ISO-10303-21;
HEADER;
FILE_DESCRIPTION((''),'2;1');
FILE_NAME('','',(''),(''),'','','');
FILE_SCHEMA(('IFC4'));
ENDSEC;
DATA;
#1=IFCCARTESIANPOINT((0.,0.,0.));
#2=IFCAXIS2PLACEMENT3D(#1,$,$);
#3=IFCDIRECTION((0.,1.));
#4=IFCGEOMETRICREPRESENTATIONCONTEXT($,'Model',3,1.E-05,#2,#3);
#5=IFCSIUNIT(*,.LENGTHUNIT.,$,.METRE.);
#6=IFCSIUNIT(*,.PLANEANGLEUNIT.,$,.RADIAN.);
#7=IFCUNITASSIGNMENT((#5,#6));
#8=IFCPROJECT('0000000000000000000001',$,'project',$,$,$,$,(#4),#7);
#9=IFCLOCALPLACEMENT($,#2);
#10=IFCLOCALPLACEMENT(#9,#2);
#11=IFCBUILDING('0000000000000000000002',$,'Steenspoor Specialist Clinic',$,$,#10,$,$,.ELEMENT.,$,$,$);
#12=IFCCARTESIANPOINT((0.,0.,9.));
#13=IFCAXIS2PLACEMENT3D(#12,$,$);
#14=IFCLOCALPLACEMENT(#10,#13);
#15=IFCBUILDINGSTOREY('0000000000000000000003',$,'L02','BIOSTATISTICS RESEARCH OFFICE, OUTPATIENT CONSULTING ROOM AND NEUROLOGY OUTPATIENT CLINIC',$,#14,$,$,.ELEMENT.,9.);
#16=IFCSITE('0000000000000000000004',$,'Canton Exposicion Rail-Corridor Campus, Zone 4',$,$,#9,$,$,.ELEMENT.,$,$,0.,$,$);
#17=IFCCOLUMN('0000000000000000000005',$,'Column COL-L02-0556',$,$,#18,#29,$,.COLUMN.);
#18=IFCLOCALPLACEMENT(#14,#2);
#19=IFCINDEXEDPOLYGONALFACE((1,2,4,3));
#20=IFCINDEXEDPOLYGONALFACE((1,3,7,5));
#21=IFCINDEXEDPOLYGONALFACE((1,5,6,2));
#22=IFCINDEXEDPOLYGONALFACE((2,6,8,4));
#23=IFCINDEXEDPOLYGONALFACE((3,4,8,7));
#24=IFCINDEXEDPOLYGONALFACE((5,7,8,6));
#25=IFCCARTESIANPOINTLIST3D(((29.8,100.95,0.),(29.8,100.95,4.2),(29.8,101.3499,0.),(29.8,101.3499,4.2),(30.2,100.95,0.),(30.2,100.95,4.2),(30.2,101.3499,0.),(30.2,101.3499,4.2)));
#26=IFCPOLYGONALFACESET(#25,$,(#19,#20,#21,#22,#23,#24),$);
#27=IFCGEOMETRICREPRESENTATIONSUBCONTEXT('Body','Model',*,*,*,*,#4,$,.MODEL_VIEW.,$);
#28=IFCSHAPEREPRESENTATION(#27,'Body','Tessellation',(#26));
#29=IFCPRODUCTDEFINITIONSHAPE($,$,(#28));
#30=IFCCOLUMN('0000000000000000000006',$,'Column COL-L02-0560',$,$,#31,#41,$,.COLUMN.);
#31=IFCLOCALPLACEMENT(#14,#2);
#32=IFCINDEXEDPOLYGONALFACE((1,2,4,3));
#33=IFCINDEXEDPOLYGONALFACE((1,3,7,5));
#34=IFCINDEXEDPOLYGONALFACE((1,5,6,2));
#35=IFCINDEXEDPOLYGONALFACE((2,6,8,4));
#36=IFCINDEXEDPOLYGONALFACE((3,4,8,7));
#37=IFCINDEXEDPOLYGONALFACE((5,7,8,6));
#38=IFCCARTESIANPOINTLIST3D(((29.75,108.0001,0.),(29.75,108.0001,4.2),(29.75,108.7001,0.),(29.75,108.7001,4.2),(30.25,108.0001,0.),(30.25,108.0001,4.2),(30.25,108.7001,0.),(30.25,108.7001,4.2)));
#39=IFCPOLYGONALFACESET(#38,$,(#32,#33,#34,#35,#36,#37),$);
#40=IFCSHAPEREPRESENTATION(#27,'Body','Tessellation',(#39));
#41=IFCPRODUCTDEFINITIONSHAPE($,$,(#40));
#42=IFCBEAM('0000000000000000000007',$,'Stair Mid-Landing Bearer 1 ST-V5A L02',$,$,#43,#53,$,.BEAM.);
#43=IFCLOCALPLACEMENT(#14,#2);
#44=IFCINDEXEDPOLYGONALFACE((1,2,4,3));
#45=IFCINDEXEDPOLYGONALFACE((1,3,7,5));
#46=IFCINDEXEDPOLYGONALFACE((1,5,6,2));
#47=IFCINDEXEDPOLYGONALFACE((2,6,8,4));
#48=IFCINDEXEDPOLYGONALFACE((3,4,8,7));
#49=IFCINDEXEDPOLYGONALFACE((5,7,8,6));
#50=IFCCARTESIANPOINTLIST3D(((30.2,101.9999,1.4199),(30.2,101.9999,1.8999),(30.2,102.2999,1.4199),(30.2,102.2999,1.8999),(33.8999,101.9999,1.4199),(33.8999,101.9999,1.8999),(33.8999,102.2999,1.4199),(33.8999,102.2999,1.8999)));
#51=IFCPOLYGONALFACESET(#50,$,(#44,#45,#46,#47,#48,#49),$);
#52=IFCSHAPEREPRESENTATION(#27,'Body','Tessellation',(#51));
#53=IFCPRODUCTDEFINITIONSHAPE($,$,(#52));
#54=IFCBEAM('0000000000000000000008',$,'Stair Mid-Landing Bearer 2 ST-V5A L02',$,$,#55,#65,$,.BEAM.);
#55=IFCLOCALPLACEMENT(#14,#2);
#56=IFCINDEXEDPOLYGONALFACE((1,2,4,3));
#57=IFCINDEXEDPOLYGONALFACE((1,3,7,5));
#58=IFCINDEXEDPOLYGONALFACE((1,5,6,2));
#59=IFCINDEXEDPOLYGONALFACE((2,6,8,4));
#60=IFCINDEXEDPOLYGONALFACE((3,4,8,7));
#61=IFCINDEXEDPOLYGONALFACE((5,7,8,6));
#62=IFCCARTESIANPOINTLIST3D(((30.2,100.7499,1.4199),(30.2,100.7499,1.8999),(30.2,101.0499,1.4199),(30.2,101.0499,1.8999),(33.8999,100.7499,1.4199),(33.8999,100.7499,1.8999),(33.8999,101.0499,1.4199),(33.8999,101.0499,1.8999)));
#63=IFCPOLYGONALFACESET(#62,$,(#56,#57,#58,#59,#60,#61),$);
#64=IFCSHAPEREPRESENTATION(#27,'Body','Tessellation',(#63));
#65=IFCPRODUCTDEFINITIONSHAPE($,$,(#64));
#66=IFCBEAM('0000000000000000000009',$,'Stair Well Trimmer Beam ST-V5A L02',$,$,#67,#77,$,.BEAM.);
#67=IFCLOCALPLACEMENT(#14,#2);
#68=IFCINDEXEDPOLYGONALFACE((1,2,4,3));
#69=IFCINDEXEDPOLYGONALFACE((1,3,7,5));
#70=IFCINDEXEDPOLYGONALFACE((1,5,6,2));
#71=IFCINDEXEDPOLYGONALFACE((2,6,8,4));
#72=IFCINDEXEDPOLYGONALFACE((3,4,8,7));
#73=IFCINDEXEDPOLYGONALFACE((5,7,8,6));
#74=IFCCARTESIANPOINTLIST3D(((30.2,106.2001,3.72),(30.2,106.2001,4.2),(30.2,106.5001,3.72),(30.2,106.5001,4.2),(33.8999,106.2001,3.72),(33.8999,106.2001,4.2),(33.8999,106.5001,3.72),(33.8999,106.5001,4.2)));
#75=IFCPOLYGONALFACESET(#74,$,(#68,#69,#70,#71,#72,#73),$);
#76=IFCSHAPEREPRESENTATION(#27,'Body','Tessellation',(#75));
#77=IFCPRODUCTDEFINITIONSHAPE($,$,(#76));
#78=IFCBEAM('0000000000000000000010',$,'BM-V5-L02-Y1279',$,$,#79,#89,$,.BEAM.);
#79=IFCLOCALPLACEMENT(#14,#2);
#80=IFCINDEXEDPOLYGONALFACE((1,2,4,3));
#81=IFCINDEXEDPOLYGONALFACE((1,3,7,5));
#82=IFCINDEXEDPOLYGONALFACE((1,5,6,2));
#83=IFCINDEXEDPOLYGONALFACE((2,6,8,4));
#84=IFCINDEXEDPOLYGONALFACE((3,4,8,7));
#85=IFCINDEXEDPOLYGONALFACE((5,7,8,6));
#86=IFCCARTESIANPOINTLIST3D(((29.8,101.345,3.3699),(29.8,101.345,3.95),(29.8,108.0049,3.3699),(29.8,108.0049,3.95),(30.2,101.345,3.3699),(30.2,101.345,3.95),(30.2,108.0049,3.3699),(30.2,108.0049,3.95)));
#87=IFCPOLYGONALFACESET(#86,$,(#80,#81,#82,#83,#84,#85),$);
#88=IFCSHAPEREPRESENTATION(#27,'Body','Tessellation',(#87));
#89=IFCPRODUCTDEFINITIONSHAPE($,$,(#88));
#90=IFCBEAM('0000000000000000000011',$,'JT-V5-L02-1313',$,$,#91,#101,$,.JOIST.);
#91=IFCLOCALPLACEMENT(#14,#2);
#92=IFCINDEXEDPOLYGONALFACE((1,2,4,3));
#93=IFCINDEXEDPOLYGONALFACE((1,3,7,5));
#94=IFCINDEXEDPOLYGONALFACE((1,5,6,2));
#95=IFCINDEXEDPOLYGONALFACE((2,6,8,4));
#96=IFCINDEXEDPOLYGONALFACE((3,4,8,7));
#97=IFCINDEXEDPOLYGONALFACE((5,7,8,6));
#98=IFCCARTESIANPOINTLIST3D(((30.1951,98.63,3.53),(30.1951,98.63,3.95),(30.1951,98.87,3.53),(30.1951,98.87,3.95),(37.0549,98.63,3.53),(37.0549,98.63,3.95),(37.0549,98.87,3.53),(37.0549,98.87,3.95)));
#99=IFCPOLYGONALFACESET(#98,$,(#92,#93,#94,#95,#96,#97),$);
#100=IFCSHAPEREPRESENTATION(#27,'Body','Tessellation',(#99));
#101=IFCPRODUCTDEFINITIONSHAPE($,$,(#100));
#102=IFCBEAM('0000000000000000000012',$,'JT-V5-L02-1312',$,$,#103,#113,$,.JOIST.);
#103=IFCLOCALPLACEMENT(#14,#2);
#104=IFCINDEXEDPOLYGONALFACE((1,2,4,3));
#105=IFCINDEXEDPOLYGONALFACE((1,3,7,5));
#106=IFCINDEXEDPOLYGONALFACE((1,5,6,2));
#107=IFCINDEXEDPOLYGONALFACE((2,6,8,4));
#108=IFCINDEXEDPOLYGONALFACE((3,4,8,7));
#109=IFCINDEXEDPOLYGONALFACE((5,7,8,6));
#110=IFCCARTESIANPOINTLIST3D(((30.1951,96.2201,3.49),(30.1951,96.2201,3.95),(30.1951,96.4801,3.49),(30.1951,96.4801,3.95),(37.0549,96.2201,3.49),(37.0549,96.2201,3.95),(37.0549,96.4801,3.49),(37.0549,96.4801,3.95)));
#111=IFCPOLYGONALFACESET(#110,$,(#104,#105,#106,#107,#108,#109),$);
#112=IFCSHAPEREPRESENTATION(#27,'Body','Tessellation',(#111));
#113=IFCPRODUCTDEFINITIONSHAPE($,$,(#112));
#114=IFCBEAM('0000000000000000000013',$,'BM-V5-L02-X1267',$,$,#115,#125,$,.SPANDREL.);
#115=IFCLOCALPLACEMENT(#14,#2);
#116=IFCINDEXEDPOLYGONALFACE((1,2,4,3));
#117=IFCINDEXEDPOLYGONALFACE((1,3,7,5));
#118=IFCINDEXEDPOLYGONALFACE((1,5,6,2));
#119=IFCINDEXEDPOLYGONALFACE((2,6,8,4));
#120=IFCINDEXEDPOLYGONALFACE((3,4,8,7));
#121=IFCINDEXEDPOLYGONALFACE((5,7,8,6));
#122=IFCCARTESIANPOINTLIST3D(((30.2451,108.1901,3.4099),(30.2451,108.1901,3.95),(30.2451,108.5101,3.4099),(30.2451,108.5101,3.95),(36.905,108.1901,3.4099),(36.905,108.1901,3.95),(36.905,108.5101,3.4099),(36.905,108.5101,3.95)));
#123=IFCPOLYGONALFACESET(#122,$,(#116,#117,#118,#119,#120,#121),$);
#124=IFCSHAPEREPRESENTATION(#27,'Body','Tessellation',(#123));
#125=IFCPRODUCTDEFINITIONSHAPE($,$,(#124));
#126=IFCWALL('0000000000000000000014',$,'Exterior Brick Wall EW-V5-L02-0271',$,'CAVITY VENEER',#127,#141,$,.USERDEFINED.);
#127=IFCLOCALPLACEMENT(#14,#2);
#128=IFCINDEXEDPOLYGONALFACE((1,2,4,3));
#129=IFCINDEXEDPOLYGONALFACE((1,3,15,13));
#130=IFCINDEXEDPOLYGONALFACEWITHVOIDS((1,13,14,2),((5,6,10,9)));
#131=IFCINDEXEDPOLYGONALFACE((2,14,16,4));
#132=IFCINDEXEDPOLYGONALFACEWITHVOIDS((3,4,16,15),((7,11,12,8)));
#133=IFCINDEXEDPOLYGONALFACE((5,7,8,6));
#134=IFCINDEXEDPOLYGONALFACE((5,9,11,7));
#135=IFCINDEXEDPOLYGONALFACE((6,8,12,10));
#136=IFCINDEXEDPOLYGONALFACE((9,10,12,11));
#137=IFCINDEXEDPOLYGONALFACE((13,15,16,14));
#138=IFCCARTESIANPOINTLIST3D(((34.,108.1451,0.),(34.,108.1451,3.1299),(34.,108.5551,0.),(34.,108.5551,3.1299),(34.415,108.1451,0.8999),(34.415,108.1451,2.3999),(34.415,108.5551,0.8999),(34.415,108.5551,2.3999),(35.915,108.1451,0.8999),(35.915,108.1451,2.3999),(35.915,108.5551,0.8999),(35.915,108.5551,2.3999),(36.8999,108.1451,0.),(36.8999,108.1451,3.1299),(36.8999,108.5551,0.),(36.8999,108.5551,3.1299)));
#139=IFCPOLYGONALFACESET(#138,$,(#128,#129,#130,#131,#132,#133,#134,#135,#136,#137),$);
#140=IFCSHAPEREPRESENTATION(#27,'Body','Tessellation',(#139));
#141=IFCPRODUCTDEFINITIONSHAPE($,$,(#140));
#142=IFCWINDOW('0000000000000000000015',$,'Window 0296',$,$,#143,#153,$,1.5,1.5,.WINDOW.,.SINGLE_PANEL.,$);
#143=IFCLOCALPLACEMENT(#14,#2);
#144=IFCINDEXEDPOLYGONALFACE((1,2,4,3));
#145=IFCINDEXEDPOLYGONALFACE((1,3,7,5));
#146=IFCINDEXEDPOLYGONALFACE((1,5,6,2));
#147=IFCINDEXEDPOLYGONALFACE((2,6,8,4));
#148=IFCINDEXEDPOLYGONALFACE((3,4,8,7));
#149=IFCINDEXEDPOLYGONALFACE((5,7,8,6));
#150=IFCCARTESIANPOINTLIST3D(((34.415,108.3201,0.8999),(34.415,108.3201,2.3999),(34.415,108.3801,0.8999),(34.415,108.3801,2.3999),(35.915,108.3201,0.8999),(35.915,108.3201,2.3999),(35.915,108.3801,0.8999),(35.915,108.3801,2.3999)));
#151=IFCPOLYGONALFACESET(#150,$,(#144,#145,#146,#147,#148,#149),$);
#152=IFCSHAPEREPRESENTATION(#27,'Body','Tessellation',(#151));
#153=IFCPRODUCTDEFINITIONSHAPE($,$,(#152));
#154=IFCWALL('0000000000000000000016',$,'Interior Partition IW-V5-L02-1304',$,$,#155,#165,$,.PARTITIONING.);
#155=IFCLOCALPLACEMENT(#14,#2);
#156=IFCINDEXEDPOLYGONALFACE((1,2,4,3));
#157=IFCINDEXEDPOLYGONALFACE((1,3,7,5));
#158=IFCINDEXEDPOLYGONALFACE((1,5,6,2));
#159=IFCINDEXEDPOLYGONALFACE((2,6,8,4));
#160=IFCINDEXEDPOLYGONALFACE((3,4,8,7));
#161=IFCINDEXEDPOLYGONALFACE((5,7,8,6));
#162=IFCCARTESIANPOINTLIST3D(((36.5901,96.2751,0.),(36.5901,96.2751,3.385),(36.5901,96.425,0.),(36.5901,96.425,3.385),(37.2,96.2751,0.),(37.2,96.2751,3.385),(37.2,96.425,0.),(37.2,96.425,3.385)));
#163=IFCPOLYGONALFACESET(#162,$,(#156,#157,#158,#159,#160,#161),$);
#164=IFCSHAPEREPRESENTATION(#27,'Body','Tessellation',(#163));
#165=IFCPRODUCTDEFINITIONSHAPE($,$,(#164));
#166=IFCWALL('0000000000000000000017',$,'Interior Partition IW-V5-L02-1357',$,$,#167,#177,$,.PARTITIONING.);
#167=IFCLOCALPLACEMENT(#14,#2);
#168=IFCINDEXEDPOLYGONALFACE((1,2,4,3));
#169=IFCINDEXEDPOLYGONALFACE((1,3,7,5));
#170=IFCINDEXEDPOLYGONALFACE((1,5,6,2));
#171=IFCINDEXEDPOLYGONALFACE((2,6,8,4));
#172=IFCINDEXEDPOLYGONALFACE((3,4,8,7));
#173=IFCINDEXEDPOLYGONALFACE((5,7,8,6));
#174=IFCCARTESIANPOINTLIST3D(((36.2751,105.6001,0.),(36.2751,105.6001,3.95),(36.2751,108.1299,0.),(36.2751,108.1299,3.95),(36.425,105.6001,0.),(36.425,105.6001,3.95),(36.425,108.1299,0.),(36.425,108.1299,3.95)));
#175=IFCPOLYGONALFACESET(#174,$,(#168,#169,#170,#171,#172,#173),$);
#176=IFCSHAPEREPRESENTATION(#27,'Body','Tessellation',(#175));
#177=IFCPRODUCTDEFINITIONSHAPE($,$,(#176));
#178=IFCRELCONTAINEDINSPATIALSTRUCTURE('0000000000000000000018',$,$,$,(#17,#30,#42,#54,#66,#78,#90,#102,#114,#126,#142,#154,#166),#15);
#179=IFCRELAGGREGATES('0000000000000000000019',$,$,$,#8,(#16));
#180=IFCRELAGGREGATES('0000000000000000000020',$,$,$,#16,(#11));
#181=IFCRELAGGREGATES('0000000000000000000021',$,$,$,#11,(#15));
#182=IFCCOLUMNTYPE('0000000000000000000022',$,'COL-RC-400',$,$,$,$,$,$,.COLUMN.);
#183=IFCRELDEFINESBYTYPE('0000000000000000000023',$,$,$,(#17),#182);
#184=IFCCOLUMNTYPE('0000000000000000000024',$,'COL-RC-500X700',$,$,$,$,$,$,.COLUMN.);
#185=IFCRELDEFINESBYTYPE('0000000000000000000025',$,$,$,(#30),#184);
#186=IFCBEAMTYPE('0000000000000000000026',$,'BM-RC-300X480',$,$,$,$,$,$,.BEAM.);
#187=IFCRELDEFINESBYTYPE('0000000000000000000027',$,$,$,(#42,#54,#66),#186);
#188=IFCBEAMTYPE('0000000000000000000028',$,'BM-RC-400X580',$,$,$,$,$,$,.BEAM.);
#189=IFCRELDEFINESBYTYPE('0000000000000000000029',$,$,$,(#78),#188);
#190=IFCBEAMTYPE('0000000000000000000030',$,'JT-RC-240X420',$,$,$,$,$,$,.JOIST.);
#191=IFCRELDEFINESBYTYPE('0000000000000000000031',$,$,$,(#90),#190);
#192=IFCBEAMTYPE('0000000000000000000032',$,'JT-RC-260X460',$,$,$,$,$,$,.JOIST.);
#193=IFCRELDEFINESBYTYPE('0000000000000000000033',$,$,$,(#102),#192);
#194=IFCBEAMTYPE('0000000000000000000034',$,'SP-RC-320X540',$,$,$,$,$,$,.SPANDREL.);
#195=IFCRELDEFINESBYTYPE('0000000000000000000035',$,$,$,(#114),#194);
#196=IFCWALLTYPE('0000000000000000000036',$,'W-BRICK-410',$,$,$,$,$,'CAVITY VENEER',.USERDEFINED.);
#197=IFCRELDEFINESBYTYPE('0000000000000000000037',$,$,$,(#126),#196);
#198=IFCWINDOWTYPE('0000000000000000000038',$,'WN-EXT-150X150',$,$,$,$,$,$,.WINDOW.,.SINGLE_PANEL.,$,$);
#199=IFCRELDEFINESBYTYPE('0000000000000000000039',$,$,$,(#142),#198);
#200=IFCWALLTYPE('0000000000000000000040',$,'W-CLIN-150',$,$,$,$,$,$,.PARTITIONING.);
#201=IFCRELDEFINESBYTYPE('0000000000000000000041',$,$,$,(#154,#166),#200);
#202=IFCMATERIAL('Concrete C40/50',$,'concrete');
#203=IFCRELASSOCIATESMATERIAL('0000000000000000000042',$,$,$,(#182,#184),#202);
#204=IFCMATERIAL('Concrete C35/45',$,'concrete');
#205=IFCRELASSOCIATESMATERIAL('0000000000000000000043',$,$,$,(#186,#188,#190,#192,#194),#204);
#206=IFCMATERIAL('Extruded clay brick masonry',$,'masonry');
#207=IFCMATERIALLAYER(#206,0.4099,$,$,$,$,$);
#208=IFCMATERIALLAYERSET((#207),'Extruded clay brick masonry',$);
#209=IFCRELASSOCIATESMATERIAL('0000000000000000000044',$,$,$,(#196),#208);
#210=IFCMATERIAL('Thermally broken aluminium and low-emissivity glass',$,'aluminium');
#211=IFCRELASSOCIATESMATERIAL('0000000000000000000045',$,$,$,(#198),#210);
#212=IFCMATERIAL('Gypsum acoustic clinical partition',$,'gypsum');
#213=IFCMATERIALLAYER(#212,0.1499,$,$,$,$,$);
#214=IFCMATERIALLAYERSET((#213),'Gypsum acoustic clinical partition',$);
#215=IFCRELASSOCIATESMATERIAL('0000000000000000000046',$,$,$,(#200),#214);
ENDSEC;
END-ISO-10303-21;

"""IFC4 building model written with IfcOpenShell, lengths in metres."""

from ifc_helpers import new_model, si_unit, direction, frame, frame_2d, origin, origin_2d, place, context, subcontext, project, spatial, rectangle, extrude, material, layer, layer_set, material_profile, profile_set, type_object, element, fill, save


model = new_model("IFC4")

# Units and contexts
model_context = context("Model", 3, precision=1e-05, world=origin(), true_north=direction((0.0, 1.0)))
body_context = subcontext(model_context, "Body", "Model", "MODEL_VIEW")
ifc_project = project(units=[si_unit("LENGTHUNIT", "METRE"), si_unit("PLANEANGLEUNIT", "RADIAN")], contexts=[model_context])

# Site, building, storey
site_placement = place(None, origin())
site = spatial("IfcSite", under=ifc_project, at=site_placement, Name="Canton Exposicion Rail-Corridor Campus, Zone 4", CompositionType="ELEMENT", RefElevation=0.0)
building_placement = place(site_placement, origin())
building = spatial("IfcBuilding", under=site, at=building_placement, Name="Steenspoor Specialist Clinic", CompositionType="ELEMENT")
storey_placement = place(building_placement, frame((0.0, 0.0, 9.0)))
storey = spatial("IfcBuildingStorey", under=building, at=storey_placement, Name="L02", Description="BIOSTATISTICS RESEARCH OFFICE, OUTPATIENT CONSULTING ROOM AND NEUROLOGY OUTPATIENT CLINIC", CompositionType="ELEMENT", Elevation=9.0)

# Columns
ifc_material_1 = material(Name="Concrete C40/50", Category="concrete")
ifc_material_profile_1 = material_profile(ifc_material_1, rectangle(XDim=0.3999, YDim=0.3999, at=origin_2d()), Name="RC-COL-400X400")
ifc_profile_set_1 = profile_set([ifc_material_profile_1], Name="Concrete C40/50")
column_type_1 = type_object("IfcColumnType", Name="COL-RC-400", PredefinedType="COLUMN", material=ifc_profile_set_1)
column_1_placement = place(storey_placement, frame((30.0, 101.1499, 0.0), z_axis=(0.0, 0.0, 1.0), x_axis=(1.0, 0.0, 0.0)))
element("IfcColumn", 1, at=column_1_placement, inside=storey, type_object=column_type_1, Name="Column COL-L02-0556", PredefinedType="COLUMN", context=body_context, shape_type="SweptSolid", body=[
    extrude(rectangle(XDim=0.3999, YDim=0.3999, at=origin_2d()), origin(), (0.0, 0.0, 1.0), 4.2),
])
ifc_material_profile_2 = material_profile(ifc_material_1, rectangle(XDim=0.5, YDim=0.7, at=origin_2d()), Name="RC-COL-500X700")
ifc_profile_set_2 = profile_set([ifc_material_profile_2], Name="Concrete C40/50")
column_type_2 = type_object("IfcColumnType", Name="COL-RC-500X700", PredefinedType="COLUMN", material=ifc_profile_set_2)
column_2_placement = place(storey_placement, frame((30.0, 108.3501, 0.0), z_axis=(0.0, 0.0, 1.0), x_axis=(1.0, 0.0, 0.0)))
element("IfcColumn", 2, at=column_2_placement, inside=storey, type_object=column_type_2, Name="Column COL-L02-0560", PredefinedType="COLUMN", context=body_context, shape_type="SweptSolid", body=[
    extrude(rectangle(XDim=0.5, YDim=0.7, at=origin_2d()), origin(), (0.0, 0.0, 1.0), 4.2),
])

# Beams
ifc_material_2 = material(Name="Concrete C35/45", Category="concrete")
ifc_material_profile_3 = material_profile(ifc_material_2, rectangle(XDim=0.3, YDim=0.48, at=origin_2d()), Name="RC-BM-300X480")
ifc_profile_set_3 = profile_set([ifc_material_profile_3], Name="Concrete C35/45")
beam_type_1 = type_object("IfcBeamType", Name="BM-RC-300X480", PredefinedType="BEAM", material=ifc_profile_set_3)
for number, where, z_axis, x_axis, name in (
    (3, (30.2, 102.1499, 1.6599), (1.0, 0.0, 0.0), (0.0, 1.0, 0.0), "Stair Mid-Landing Bearer 1 ST-V5A L02"),
    (4, (30.2, 100.8999, 1.6599), (1.0, 0.0, 0.0), (0.0, 1.0, 0.0), "Stair Mid-Landing Bearer 2 ST-V5A L02"),
    (5, (30.2, 106.3501, 3.96), (1.0, 0.0, 0.0), (0.0, 1.0, 0.0), "Stair Well Trimmer Beam ST-V5A L02"),
):
    element("IfcBeam", number, at=place(storey_placement, frame(where, z_axis=z_axis, x_axis=x_axis)), inside=storey, type_object=beam_type_1, Name=name, PredefinedType="BEAM", context=body_context, shape_type="SweptSolid", body=[
        extrude(rectangle(XDim=0.3, YDim=0.48, at=origin_2d()), origin(), (0.0, 0.0, 1.0), 3.7),
    ])
ifc_material_profile_4 = material_profile(ifc_material_2, rectangle(XDim=0.3999, YDim=0.5801, at=origin_2d()), Name="RC-BM-400X580")
ifc_profile_set_4 = profile_set([ifc_material_profile_4], Name="Concrete C35/45")
beam_type_2 = type_object("IfcBeamType", Name="BM-RC-400X580", PredefinedType="BEAM", material=ifc_profile_set_4)
beam_1_placement = place(storey_placement, frame((30.0, 101.345, 3.6599), z_axis=(0.0, 1.0, 0.0), x_axis=(-1.0, 0.0, 0.0)))
element("IfcBeam", 6, at=beam_1_placement, inside=storey, type_object=beam_type_2, Name="BM-V5-L02-Y1279", PredefinedType="BEAM", context=body_context, shape_type="SweptSolid", body=[
    extrude(rectangle(XDim=0.3999, YDim=0.5801, at=origin_2d()), origin(), (0.0, 0.0, 1.0), 6.6599),
])
ifc_material_profile_5 = material_profile(ifc_material_2, rectangle(XDim=0.24, YDim=0.4199, at=origin_2d()), Name="RC-JT-240X420")
ifc_profile_set_5 = profile_set([ifc_material_profile_5], Name="Concrete C35/45")
beam_type_3 = type_object("IfcBeamType", Name="JT-RC-240X420", PredefinedType="JOIST", material=ifc_profile_set_5)
beam_2_placement = place(storey_placement, frame((30.1951, 98.75, 3.74), z_axis=(1.0, 0.0, 0.0), x_axis=(0.0, 1.0, 0.0)))
element("IfcBeam", 7, at=beam_2_placement, inside=storey, type_object=beam_type_3, Name="JT-V5-L02-1313", PredefinedType="JOIST", context=body_context, shape_type="SweptSolid", body=[
    extrude(rectangle(XDim=0.24, YDim=0.4199, at=origin_2d()), origin(), (0.0, 0.0, 1.0), 6.8599),
])
ifc_material_profile_6 = material_profile(ifc_material_2, rectangle(XDim=0.26, YDim=0.46, at=origin_2d()), Name="RC-JT-260X460")
ifc_profile_set_6 = profile_set([ifc_material_profile_6], Name="Concrete C35/45")
beam_type_4 = type_object("IfcBeamType", Name="JT-RC-260X460", PredefinedType="JOIST", material=ifc_profile_set_6)
beam_3_placement = place(storey_placement, frame((30.1951, 96.3501, 3.72), z_axis=(1.0, 0.0, 0.0), x_axis=(0.0, 1.0, 0.0)))
element("IfcBeam", 8, at=beam_3_placement, inside=storey, type_object=beam_type_4, Name="JT-V5-L02-1312", PredefinedType="JOIST", context=body_context, shape_type="SweptSolid", body=[
    extrude(rectangle(XDim=0.26, YDim=0.46, at=origin_2d()), origin(), (0.0, 0.0, 1.0), 6.8599),
])
ifc_material_profile_7 = material_profile(ifc_material_2, rectangle(XDim=0.3201, YDim=0.54, at=origin_2d()), Name="RC-SP-320X540")
ifc_profile_set_7 = profile_set([ifc_material_profile_7], Name="Concrete C35/45")
beam_type_5 = type_object("IfcBeamType", Name="SP-RC-320X540", PredefinedType="SPANDREL", material=ifc_profile_set_7)
beam_4_placement = place(storey_placement, frame((30.2451, 108.3501, 3.6799), z_axis=(1.0, 0.0, 0.0), x_axis=(0.0, 1.0, 0.0)))
element("IfcBeam", 9, at=beam_4_placement, inside=storey, type_object=beam_type_5, Name="BM-V5-L02-X1267", PredefinedType="SPANDREL", context=body_context, shape_type="SweptSolid", body=[
    extrude(rectangle(XDim=0.3201, YDim=0.54, at=origin_2d()), origin(), (0.0, 0.0, 1.0), 6.6599),
])

# Wall, opening, window
ifc_material_3 = material(Name="Extruded clay brick masonry", Category="masonry")
ifc_layer_1 = layer(ifc_material_3, 0.4099)
ifc_layer_set_1 = layer_set([ifc_layer_1], Name="Extruded clay brick masonry")
wall_type_1 = type_object("IfcWallType", Name="W-BRICK-410", ElementType="CAVITY VENEER", PredefinedType="USERDEFINED", material=ifc_layer_set_1)
wall_1_placement = place(storey_placement, frame((34.0, 108.3501, 0.0), z_axis=(0.0, 0.0, 1.0), x_axis=(1.0, 0.0, 0.0)))
wall_1 = element("IfcWall", 10, at=wall_1_placement, inside=storey, type_object=wall_type_1, Name="Exterior Brick Wall EW-V5-L02-0271", ObjectType="CAVITY VENEER", PredefinedType="USERDEFINED", context=body_context, shape_type="SweptSolid", body=[
    extrude(rectangle(XDim=2.8999, YDim=0.4099, at=frame_2d((1.45, 0.0))), origin(), (0.0, 0.0, 1.0), 3.1299),
])
opening_1_placement = place(wall_1_placement, frame((0.415, 0.0, 0.8999)))
opening_1 = element("IfcOpeningElement", 11, at=opening_1_placement, cuts=wall_1, PredefinedType="OPENING", context=body_context, shape_type="SweptSolid", body=[
    extrude(rectangle(XDim=1.5, YDim=1.5, at=frame_2d((0.75, 0.75))), frame((0.0, 0.2148, 0.0), z_axis=(0.0, -1.0, 0.0), x_axis=(1.0, 0.0, 0.0)), (0.0, 0.0, 1.0), 0.4299),
])
ifc_material_4 = material(Name="Thermally broken aluminium and low-emissivity glass", Category="aluminium")
window_type = type_object("IfcWindowType", Name="WN-EXT-150X150", PartitioningType="SINGLE_PANEL", PredefinedType="WINDOW", material=ifc_material_4)
window_placement = place(opening_1_placement, origin())
window = element("IfcWindow", 12, at=window_placement, inside=storey, type_object=window_type, Name="Window 0296", OverallHeight=1.5, OverallWidth=1.5, PartitioningType="SINGLE_PANEL", PredefinedType="WINDOW", context=body_context, shape_type="SweptSolid", body=[
    extrude(rectangle(XDim=1.5, YDim=1.5, at=frame_2d((0.75, 0.75))), frame((0.0, 0.03, 0.0), z_axis=(0.0, -1.0, 0.0), x_axis=(1.0, 0.0, 0.0)), (0.0, 0.0, 1.0), 0.0601),
])
fill(opening_1, window)

# Walls
ifc_material_5 = material(Name="Gypsum acoustic clinical partition", Category="gypsum")
ifc_layer_2 = layer(ifc_material_5, 0.1499)
ifc_layer_set_2 = layer_set([ifc_layer_2], Name="Gypsum acoustic clinical partition")
wall_type_2 = type_object("IfcWallType", Name="W-CLIN-150", PredefinedType="PARTITIONING", material=ifc_layer_set_2)
wall_2_placement = place(storey_placement, frame((36.5901, 96.3501, 0.0), z_axis=(0.0, 0.0, 1.0), x_axis=(1.0, 0.0, 0.0)))
element("IfcWall", 13, at=wall_2_placement, inside=storey, type_object=wall_type_2, Name="Interior Partition IW-V5-L02-1304", PredefinedType="PARTITIONING", context=body_context, shape_type="SweptSolid", body=[
    extrude(rectangle(XDim=0.6099, YDim=0.1499, at=frame_2d((0.3049, 0.0))), origin(), (0.0, 0.0, 1.0), 3.385),
])
wall_3_placement = place(storey_placement, frame((36.3501, 105.6001, 0.0), z_axis=(0.0, 0.0, 1.0), x_axis=(0.0, 1.0, 0.0)))
element("IfcWall", 14, at=wall_3_placement, inside=storey, type_object=wall_type_2, Name="Interior Partition IW-V5-L02-1357", PredefinedType="PARTITIONING", context=body_context, shape_type="SweptSolid", body=[
    extrude(rectangle(XDim=2.5298, YDim=0.1499, at=frame_2d((1.2649, 0.0))), origin(), (0.0, 0.0, 1.0), 3.95),
])

save(model, "model.ifc")
